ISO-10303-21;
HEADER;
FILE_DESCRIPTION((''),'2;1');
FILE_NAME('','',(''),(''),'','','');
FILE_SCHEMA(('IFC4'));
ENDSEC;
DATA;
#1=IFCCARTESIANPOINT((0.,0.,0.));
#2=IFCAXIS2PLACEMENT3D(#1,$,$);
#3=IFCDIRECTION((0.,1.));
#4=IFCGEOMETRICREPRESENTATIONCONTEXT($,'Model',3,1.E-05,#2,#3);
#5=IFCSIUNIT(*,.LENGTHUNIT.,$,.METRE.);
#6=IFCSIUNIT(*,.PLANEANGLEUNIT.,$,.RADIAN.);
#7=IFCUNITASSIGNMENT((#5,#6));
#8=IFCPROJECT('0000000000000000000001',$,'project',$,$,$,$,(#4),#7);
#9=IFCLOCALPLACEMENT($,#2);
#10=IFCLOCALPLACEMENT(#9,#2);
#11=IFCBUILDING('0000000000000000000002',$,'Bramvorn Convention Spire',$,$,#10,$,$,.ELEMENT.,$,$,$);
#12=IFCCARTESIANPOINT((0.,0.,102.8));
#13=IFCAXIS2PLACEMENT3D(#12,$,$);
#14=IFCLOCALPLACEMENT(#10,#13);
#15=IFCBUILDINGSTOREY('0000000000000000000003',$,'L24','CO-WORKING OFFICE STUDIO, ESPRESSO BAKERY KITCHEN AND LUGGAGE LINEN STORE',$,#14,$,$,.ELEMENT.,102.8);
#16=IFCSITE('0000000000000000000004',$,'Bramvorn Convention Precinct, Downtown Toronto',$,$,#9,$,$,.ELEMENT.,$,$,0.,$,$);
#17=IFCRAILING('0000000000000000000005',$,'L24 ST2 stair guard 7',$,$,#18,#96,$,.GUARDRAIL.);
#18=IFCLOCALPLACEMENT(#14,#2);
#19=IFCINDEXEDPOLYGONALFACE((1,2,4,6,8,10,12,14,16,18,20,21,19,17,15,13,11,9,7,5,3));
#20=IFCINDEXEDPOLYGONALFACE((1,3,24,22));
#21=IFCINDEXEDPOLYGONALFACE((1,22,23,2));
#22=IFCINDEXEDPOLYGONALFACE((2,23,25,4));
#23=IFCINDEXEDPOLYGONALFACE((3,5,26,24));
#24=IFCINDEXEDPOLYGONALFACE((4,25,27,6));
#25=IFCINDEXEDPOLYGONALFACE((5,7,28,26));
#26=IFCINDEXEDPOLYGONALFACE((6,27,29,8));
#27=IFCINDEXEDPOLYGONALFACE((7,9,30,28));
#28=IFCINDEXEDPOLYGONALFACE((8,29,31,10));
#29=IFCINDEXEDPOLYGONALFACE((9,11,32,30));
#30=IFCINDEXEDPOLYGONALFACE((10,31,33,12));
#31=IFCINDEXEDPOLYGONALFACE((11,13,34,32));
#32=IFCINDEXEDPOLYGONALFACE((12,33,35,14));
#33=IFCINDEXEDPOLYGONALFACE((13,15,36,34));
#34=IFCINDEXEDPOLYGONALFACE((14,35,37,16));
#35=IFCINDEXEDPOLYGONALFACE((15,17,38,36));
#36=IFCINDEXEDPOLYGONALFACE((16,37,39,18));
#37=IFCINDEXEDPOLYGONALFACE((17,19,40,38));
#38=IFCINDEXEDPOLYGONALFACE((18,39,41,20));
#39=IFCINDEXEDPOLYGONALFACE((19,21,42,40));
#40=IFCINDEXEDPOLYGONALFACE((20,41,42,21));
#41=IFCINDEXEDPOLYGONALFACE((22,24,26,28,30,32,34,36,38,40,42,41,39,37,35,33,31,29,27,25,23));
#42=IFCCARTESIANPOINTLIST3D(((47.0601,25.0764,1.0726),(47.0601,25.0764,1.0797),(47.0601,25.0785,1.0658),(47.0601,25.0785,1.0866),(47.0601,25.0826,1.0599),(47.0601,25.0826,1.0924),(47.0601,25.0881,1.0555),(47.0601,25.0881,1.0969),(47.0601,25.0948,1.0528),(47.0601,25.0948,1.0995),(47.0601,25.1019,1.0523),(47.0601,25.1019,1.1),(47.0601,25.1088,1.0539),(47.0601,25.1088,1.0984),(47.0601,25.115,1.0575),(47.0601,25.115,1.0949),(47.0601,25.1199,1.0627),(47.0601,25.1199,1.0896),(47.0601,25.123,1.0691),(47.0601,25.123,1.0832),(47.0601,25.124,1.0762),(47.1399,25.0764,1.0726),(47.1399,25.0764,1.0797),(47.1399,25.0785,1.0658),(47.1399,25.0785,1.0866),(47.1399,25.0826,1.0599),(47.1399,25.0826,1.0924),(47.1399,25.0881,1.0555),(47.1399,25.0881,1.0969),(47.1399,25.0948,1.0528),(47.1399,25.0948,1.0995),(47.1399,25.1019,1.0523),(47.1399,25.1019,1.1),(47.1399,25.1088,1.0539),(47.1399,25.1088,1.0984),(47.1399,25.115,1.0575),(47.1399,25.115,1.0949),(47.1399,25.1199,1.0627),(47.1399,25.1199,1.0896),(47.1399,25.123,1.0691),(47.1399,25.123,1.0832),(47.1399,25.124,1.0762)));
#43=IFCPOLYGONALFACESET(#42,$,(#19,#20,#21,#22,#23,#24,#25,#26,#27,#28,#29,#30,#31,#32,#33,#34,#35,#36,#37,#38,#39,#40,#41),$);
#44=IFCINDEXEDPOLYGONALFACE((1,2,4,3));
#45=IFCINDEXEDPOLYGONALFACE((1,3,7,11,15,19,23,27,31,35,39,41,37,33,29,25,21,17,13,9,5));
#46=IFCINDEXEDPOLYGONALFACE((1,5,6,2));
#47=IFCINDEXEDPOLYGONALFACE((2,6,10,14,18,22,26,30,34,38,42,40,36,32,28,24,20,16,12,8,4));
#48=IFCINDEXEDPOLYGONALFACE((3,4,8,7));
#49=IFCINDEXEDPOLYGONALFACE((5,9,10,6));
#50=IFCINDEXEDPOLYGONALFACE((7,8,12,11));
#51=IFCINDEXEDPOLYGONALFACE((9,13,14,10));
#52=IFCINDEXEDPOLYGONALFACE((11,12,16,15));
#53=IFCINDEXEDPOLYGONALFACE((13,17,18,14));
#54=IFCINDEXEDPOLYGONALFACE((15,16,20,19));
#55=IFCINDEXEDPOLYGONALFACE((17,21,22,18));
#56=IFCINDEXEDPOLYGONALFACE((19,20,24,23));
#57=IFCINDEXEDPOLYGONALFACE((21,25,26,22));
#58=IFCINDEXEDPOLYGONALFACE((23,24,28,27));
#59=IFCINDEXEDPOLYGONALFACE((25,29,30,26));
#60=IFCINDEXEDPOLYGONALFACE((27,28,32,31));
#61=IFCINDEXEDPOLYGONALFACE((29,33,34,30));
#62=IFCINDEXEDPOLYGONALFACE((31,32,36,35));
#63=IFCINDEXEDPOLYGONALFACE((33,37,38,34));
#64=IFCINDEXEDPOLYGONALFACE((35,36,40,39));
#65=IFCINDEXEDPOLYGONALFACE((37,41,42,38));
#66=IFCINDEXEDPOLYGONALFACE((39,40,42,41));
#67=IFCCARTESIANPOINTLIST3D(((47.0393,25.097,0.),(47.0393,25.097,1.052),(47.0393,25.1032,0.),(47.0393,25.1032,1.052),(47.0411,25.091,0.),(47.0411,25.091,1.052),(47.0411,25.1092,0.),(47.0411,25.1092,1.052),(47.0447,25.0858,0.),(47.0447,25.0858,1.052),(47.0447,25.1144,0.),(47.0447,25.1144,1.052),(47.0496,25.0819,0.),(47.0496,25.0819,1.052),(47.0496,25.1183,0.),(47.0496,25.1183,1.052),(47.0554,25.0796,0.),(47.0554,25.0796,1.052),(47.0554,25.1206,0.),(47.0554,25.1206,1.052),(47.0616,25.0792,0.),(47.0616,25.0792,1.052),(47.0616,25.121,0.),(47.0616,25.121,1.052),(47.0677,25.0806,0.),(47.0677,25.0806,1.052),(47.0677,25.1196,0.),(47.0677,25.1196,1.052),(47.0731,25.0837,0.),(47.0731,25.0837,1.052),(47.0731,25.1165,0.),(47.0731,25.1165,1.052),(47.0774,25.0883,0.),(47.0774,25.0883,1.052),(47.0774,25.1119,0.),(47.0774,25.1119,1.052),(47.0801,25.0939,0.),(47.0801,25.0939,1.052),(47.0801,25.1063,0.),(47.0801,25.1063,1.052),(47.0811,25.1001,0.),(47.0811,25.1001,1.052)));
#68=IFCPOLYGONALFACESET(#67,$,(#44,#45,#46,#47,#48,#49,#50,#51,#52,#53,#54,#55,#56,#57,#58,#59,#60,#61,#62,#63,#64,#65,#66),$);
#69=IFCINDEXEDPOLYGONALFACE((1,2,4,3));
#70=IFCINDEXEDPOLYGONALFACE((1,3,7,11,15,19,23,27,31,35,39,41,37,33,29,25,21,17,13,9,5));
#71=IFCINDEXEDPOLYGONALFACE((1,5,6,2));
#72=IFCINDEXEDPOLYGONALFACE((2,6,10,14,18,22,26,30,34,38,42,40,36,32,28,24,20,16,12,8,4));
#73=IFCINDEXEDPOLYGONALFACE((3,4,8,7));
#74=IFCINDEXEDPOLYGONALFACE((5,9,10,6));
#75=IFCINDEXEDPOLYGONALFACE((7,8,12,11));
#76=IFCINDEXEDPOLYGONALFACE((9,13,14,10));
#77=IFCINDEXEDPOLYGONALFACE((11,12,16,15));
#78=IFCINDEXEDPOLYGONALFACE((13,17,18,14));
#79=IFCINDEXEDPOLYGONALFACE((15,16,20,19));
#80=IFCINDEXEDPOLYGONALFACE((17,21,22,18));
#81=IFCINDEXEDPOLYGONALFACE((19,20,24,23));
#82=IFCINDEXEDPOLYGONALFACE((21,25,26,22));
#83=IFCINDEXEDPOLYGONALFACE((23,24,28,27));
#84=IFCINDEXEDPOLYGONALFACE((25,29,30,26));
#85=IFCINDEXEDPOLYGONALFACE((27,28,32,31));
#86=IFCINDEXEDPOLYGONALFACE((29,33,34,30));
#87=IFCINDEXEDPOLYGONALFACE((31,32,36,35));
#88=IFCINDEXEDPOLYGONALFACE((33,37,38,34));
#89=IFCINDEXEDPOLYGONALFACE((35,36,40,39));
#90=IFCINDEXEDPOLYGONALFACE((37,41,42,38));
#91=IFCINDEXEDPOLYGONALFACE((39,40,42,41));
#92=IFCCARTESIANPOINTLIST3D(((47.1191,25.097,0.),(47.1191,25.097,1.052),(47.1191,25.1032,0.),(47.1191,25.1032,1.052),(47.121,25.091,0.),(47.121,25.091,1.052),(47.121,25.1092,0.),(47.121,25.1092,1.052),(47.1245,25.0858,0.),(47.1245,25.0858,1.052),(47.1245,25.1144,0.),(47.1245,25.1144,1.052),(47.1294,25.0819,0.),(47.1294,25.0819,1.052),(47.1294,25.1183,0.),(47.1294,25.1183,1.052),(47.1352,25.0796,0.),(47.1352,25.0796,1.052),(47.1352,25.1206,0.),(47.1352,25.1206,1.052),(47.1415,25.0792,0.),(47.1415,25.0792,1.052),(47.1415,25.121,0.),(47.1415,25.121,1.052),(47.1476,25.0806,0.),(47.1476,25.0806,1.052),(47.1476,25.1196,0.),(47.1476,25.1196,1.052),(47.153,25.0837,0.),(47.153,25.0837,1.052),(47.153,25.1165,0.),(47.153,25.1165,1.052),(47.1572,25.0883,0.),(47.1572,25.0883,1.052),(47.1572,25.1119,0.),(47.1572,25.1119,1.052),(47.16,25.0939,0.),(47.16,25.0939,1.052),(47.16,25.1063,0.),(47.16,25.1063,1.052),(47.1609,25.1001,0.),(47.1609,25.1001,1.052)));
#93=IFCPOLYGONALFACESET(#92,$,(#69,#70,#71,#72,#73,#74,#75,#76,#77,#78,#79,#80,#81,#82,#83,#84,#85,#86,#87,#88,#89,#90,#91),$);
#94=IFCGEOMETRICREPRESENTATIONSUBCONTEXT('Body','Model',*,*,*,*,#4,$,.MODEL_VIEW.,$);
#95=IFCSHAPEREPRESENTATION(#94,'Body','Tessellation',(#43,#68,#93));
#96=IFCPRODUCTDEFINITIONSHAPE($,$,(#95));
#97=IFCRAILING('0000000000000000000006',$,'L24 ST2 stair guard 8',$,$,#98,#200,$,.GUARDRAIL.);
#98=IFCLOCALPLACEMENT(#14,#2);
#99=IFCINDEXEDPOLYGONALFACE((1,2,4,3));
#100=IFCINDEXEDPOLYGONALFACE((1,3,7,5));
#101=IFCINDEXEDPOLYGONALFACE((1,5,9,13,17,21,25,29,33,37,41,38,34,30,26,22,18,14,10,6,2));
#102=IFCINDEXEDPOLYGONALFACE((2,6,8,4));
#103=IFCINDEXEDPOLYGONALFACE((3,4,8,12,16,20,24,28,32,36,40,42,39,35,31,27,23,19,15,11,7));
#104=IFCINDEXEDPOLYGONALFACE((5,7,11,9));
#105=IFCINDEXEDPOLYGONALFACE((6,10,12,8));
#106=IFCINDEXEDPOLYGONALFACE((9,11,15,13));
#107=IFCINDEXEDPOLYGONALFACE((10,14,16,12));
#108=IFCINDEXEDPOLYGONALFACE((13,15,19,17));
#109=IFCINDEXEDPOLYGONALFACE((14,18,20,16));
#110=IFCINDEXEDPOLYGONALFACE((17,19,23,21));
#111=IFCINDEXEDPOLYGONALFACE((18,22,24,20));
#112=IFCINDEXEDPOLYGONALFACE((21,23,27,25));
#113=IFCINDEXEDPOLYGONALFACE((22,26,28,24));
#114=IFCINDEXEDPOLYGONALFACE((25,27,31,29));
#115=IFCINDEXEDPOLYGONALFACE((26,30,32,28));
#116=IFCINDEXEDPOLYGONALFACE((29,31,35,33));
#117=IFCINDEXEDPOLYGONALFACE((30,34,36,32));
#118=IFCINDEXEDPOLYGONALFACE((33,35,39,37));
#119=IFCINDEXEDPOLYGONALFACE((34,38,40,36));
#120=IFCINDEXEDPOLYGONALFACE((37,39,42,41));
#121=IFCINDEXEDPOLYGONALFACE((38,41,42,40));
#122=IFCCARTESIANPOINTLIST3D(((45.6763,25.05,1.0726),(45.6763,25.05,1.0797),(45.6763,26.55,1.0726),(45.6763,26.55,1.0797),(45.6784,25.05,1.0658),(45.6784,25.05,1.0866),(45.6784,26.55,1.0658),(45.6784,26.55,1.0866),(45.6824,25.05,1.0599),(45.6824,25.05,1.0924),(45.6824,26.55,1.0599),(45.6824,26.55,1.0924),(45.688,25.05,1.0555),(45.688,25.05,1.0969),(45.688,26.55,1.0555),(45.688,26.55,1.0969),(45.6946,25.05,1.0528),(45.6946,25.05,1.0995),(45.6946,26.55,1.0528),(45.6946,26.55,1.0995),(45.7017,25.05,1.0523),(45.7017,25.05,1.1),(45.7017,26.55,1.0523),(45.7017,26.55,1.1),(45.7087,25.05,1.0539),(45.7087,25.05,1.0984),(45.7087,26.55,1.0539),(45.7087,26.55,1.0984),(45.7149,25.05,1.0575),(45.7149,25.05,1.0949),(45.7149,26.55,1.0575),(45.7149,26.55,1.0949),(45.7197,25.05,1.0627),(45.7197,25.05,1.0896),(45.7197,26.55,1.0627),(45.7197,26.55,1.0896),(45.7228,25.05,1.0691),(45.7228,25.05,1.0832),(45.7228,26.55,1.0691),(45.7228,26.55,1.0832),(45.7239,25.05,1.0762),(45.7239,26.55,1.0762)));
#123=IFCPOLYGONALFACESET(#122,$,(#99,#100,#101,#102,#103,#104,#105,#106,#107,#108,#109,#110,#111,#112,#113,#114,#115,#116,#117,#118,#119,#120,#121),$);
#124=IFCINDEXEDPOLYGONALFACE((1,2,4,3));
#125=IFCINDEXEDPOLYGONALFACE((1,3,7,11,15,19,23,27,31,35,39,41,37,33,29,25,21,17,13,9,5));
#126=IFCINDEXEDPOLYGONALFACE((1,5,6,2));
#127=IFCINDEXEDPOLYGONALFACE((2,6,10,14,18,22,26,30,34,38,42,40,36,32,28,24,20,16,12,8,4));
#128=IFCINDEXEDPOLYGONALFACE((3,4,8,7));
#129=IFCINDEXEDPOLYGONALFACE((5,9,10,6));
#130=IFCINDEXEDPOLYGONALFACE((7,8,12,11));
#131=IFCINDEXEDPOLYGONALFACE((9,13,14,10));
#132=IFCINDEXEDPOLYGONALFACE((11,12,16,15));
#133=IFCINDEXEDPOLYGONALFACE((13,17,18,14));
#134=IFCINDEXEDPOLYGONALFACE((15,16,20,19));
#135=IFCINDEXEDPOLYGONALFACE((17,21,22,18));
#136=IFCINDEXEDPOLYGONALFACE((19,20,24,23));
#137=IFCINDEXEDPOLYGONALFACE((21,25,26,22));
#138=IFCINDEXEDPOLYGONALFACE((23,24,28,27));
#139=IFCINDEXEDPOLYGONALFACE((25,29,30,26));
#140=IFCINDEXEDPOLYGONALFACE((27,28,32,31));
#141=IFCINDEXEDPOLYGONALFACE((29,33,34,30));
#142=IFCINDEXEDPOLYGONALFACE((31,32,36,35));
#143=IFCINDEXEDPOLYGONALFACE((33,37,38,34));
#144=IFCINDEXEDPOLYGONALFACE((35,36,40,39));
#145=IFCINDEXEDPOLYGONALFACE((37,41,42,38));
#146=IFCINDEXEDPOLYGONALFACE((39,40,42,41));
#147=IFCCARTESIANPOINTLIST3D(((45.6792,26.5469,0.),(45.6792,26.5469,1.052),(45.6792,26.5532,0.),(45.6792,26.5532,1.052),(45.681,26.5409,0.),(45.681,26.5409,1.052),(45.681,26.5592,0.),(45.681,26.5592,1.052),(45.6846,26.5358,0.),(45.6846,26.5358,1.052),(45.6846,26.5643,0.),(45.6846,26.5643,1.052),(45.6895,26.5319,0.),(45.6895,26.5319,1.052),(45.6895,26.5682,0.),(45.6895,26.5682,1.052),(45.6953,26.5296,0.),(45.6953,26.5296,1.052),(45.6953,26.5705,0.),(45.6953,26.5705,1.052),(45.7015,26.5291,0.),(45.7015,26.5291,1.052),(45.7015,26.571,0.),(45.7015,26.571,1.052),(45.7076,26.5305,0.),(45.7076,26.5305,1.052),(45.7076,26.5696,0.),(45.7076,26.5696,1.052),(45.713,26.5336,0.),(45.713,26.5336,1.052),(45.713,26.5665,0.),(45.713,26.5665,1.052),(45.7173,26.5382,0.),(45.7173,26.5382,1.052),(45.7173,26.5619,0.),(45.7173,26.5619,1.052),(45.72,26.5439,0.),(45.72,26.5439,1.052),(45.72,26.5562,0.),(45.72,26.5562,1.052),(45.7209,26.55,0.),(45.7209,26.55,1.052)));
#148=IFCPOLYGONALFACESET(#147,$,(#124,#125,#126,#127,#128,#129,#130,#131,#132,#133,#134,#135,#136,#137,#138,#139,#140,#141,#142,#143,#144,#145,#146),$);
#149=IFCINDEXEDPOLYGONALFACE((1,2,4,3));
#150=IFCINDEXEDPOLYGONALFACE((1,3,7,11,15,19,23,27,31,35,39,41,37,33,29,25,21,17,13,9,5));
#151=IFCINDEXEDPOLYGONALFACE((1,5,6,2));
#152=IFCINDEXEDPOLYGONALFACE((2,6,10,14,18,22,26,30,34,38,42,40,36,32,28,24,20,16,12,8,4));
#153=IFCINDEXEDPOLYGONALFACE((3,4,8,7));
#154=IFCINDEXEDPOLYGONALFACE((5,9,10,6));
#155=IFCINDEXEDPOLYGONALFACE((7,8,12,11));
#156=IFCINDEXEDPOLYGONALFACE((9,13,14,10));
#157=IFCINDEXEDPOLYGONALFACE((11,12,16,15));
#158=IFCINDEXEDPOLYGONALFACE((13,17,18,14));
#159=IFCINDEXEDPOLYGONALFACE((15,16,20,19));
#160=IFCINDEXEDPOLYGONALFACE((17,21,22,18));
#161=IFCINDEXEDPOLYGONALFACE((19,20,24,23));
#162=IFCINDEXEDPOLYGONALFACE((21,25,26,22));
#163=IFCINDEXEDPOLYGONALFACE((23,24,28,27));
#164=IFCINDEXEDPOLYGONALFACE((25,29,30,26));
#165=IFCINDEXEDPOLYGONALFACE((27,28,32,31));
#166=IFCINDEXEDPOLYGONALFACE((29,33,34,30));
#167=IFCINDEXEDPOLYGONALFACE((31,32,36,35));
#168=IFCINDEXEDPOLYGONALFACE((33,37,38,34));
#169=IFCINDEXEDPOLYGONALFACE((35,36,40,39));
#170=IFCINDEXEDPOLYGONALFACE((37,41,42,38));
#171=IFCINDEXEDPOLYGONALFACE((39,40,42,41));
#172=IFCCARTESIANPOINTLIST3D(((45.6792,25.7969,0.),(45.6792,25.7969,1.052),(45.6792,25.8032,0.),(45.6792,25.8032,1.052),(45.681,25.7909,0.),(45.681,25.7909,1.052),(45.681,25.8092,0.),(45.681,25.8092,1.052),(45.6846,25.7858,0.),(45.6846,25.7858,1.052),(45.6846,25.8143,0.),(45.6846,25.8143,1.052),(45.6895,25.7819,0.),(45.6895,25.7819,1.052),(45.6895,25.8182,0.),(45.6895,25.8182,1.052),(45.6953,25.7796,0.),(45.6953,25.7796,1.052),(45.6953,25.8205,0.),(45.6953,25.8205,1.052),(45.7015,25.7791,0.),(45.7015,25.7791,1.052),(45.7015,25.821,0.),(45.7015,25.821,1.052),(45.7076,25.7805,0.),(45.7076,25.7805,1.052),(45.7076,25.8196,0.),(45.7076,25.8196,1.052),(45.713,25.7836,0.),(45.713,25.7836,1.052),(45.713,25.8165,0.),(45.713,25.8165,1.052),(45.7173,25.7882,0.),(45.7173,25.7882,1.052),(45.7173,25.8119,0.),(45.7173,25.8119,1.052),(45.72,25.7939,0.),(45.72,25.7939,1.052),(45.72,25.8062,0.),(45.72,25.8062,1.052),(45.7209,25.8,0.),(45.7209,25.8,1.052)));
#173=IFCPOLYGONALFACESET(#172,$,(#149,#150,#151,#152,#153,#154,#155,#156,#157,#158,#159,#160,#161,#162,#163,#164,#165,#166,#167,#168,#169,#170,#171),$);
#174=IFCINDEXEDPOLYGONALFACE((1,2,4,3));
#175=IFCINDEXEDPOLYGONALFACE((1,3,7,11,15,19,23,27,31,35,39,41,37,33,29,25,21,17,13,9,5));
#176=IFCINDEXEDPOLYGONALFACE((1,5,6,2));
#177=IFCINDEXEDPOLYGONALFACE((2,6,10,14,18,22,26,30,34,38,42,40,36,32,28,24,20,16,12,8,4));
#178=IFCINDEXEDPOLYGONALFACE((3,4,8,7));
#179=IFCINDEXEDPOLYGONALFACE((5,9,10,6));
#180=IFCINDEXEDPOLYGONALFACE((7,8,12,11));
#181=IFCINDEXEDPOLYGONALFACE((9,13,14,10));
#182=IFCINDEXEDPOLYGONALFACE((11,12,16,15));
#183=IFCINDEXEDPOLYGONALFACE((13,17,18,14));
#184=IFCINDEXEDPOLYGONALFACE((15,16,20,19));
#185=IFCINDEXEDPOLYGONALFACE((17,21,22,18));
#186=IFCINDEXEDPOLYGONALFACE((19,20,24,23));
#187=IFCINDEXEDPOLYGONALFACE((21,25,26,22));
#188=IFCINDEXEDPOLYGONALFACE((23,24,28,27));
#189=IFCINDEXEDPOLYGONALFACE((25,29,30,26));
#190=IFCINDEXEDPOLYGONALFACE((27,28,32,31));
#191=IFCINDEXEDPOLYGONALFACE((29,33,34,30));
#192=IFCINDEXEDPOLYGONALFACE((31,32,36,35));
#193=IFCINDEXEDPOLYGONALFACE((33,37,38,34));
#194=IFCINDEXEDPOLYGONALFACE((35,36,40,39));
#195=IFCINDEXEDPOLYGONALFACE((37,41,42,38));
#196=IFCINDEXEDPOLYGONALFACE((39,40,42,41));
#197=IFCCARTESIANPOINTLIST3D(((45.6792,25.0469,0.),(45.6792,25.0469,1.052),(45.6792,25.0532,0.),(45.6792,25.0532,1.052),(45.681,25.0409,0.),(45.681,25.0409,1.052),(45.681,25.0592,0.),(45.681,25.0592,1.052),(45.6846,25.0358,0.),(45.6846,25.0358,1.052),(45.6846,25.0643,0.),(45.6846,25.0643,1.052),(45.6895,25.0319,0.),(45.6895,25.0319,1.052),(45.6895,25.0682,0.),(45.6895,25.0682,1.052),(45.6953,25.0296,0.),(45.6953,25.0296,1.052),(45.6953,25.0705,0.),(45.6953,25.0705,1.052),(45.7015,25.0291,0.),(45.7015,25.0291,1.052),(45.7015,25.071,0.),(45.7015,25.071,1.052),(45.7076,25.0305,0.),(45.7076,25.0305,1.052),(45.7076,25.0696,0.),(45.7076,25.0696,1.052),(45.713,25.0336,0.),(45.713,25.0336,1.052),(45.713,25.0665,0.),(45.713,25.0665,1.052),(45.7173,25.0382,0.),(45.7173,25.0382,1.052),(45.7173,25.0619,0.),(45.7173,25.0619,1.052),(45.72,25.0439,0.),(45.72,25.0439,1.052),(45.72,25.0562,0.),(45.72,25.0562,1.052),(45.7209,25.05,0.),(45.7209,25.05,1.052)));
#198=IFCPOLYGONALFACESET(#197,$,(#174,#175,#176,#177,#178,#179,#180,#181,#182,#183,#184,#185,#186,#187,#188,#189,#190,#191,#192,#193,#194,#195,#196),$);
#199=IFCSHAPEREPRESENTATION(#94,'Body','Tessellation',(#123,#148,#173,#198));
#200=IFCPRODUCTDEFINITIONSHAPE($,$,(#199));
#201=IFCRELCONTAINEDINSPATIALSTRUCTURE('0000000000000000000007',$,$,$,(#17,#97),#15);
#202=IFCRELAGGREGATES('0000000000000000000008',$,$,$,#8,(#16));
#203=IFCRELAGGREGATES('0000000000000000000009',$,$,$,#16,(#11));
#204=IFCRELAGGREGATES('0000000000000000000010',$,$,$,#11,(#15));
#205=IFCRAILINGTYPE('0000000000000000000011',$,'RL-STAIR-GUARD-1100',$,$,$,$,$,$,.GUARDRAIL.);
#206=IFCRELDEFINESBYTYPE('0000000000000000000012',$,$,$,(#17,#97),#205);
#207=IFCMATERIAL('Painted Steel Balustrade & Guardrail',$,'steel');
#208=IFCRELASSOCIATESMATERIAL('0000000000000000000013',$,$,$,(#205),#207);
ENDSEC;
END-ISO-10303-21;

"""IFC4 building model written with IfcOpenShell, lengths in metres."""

from ifc_helpers import new_model, si_unit, direction, frame, origin, origin_2d, place, context, subcontext, project, spatial, circle, extrude, material, type_object, element, save


model = new_model("IFC4")

# Units and contexts
model_context = context("Model", 3, precision=1e-05, world=origin(), true_north=direction((0.0, 1.0)))
body_context = subcontext(model_context, "Body", "Model", "MODEL_VIEW")
ifc_project = project(units=[si_unit("LENGTHUNIT", "METRE"), si_unit("PLANEANGLEUNIT", "RADIAN")], contexts=[model_context])

# Site, building, storey
site_placement = place(None, origin())
site = spatial("IfcSite", under=ifc_project, at=site_placement, Name="Bramvorn Convention Precinct, Downtown Toronto", CompositionType="ELEMENT", RefElevation=0.0)
building_placement = place(site_placement, origin())
building = spatial("IfcBuilding", under=site, at=building_placement, Name="Bramvorn Convention Spire", CompositionType="ELEMENT")
storey_placement = place(building_placement, frame((0.0, 0.0, 102.8)))
storey = spatial("IfcBuildingStorey", under=building, at=storey_placement, Name="L24", Description="CO-WORKING OFFICE STUDIO, ESPRESSO BAKERY KITCHEN AND LUGGAGE LINEN STORE", CompositionType="ELEMENT", Elevation=102.8)

# Railings
ifc_material_1 = material(Name="Painted Steel Balustrade & Guardrail", Category="steel")
railing_type_1 = type_object("IfcRailingType", Name="RL-STAIR-GUARD-1100", PredefinedType="GUARDRAIL", material=ifc_material_1)
railing_1_placement = place(storey_placement, frame((47.0601, 25.1001, 0.0)))
element("IfcRailing", 1, at=railing_1_placement, inside=storey, type_object=railing_type_1, Name="L24 ST2 stair guard 7", PredefinedType="GUARDRAIL", context=body_context, shape_type="SweptSolid", body=[
    extrude(circle(Radius=0.0239, at=origin_2d()), frame((0.0, 0.0, 1.0762), z_axis=(1.0, 0.0, 0.0), x_axis=(0.0, 1.0, 0.0)), (0.0, 0.0, 1.0), 0.0798),
    extrude(circle(Radius=0.021, at=origin_2d()), origin(), (0.0, 0.0, 1.0), 1.052),
    extrude(circle(Radius=0.021, at=origin_2d()), frame((0.0798, 0.0, 0.0)), (0.0, 0.0, 1.0), 1.052),
])
railing_2_placement = place(storey_placement, frame((45.7, 26.55, 0.0)))
element("IfcRailing", 2, at=railing_2_placement, inside=storey, type_object=railing_type_1, Name="L24 ST2 stair guard 8", PredefinedType="GUARDRAIL", context=body_context, shape_type="SweptSolid", body=[
    extrude(circle(Radius=0.0239, at=origin_2d()), frame((0.0, 0.0, 1.0762), z_axis=(0.0, -1.0, 0.0), x_axis=(1.0, 0.0, 0.0)), (0.0, 0.0, 1.0), 1.5),
    extrude(circle(Radius=0.021, at=origin_2d()), origin(), (0.0, 0.0, 1.0), 1.052),
    extrude(circle(Radius=0.021, at=origin_2d()), frame((0.0, -0.75, 0.0)), (0.0, 0.0, 1.0), 1.052),
    extrude(circle(Radius=0.021, at=origin_2d()), frame((0.0, -1.5, 0.0)), (0.0, 0.0, 1.0), 1.052),
])

save(model, "model.ifc")
